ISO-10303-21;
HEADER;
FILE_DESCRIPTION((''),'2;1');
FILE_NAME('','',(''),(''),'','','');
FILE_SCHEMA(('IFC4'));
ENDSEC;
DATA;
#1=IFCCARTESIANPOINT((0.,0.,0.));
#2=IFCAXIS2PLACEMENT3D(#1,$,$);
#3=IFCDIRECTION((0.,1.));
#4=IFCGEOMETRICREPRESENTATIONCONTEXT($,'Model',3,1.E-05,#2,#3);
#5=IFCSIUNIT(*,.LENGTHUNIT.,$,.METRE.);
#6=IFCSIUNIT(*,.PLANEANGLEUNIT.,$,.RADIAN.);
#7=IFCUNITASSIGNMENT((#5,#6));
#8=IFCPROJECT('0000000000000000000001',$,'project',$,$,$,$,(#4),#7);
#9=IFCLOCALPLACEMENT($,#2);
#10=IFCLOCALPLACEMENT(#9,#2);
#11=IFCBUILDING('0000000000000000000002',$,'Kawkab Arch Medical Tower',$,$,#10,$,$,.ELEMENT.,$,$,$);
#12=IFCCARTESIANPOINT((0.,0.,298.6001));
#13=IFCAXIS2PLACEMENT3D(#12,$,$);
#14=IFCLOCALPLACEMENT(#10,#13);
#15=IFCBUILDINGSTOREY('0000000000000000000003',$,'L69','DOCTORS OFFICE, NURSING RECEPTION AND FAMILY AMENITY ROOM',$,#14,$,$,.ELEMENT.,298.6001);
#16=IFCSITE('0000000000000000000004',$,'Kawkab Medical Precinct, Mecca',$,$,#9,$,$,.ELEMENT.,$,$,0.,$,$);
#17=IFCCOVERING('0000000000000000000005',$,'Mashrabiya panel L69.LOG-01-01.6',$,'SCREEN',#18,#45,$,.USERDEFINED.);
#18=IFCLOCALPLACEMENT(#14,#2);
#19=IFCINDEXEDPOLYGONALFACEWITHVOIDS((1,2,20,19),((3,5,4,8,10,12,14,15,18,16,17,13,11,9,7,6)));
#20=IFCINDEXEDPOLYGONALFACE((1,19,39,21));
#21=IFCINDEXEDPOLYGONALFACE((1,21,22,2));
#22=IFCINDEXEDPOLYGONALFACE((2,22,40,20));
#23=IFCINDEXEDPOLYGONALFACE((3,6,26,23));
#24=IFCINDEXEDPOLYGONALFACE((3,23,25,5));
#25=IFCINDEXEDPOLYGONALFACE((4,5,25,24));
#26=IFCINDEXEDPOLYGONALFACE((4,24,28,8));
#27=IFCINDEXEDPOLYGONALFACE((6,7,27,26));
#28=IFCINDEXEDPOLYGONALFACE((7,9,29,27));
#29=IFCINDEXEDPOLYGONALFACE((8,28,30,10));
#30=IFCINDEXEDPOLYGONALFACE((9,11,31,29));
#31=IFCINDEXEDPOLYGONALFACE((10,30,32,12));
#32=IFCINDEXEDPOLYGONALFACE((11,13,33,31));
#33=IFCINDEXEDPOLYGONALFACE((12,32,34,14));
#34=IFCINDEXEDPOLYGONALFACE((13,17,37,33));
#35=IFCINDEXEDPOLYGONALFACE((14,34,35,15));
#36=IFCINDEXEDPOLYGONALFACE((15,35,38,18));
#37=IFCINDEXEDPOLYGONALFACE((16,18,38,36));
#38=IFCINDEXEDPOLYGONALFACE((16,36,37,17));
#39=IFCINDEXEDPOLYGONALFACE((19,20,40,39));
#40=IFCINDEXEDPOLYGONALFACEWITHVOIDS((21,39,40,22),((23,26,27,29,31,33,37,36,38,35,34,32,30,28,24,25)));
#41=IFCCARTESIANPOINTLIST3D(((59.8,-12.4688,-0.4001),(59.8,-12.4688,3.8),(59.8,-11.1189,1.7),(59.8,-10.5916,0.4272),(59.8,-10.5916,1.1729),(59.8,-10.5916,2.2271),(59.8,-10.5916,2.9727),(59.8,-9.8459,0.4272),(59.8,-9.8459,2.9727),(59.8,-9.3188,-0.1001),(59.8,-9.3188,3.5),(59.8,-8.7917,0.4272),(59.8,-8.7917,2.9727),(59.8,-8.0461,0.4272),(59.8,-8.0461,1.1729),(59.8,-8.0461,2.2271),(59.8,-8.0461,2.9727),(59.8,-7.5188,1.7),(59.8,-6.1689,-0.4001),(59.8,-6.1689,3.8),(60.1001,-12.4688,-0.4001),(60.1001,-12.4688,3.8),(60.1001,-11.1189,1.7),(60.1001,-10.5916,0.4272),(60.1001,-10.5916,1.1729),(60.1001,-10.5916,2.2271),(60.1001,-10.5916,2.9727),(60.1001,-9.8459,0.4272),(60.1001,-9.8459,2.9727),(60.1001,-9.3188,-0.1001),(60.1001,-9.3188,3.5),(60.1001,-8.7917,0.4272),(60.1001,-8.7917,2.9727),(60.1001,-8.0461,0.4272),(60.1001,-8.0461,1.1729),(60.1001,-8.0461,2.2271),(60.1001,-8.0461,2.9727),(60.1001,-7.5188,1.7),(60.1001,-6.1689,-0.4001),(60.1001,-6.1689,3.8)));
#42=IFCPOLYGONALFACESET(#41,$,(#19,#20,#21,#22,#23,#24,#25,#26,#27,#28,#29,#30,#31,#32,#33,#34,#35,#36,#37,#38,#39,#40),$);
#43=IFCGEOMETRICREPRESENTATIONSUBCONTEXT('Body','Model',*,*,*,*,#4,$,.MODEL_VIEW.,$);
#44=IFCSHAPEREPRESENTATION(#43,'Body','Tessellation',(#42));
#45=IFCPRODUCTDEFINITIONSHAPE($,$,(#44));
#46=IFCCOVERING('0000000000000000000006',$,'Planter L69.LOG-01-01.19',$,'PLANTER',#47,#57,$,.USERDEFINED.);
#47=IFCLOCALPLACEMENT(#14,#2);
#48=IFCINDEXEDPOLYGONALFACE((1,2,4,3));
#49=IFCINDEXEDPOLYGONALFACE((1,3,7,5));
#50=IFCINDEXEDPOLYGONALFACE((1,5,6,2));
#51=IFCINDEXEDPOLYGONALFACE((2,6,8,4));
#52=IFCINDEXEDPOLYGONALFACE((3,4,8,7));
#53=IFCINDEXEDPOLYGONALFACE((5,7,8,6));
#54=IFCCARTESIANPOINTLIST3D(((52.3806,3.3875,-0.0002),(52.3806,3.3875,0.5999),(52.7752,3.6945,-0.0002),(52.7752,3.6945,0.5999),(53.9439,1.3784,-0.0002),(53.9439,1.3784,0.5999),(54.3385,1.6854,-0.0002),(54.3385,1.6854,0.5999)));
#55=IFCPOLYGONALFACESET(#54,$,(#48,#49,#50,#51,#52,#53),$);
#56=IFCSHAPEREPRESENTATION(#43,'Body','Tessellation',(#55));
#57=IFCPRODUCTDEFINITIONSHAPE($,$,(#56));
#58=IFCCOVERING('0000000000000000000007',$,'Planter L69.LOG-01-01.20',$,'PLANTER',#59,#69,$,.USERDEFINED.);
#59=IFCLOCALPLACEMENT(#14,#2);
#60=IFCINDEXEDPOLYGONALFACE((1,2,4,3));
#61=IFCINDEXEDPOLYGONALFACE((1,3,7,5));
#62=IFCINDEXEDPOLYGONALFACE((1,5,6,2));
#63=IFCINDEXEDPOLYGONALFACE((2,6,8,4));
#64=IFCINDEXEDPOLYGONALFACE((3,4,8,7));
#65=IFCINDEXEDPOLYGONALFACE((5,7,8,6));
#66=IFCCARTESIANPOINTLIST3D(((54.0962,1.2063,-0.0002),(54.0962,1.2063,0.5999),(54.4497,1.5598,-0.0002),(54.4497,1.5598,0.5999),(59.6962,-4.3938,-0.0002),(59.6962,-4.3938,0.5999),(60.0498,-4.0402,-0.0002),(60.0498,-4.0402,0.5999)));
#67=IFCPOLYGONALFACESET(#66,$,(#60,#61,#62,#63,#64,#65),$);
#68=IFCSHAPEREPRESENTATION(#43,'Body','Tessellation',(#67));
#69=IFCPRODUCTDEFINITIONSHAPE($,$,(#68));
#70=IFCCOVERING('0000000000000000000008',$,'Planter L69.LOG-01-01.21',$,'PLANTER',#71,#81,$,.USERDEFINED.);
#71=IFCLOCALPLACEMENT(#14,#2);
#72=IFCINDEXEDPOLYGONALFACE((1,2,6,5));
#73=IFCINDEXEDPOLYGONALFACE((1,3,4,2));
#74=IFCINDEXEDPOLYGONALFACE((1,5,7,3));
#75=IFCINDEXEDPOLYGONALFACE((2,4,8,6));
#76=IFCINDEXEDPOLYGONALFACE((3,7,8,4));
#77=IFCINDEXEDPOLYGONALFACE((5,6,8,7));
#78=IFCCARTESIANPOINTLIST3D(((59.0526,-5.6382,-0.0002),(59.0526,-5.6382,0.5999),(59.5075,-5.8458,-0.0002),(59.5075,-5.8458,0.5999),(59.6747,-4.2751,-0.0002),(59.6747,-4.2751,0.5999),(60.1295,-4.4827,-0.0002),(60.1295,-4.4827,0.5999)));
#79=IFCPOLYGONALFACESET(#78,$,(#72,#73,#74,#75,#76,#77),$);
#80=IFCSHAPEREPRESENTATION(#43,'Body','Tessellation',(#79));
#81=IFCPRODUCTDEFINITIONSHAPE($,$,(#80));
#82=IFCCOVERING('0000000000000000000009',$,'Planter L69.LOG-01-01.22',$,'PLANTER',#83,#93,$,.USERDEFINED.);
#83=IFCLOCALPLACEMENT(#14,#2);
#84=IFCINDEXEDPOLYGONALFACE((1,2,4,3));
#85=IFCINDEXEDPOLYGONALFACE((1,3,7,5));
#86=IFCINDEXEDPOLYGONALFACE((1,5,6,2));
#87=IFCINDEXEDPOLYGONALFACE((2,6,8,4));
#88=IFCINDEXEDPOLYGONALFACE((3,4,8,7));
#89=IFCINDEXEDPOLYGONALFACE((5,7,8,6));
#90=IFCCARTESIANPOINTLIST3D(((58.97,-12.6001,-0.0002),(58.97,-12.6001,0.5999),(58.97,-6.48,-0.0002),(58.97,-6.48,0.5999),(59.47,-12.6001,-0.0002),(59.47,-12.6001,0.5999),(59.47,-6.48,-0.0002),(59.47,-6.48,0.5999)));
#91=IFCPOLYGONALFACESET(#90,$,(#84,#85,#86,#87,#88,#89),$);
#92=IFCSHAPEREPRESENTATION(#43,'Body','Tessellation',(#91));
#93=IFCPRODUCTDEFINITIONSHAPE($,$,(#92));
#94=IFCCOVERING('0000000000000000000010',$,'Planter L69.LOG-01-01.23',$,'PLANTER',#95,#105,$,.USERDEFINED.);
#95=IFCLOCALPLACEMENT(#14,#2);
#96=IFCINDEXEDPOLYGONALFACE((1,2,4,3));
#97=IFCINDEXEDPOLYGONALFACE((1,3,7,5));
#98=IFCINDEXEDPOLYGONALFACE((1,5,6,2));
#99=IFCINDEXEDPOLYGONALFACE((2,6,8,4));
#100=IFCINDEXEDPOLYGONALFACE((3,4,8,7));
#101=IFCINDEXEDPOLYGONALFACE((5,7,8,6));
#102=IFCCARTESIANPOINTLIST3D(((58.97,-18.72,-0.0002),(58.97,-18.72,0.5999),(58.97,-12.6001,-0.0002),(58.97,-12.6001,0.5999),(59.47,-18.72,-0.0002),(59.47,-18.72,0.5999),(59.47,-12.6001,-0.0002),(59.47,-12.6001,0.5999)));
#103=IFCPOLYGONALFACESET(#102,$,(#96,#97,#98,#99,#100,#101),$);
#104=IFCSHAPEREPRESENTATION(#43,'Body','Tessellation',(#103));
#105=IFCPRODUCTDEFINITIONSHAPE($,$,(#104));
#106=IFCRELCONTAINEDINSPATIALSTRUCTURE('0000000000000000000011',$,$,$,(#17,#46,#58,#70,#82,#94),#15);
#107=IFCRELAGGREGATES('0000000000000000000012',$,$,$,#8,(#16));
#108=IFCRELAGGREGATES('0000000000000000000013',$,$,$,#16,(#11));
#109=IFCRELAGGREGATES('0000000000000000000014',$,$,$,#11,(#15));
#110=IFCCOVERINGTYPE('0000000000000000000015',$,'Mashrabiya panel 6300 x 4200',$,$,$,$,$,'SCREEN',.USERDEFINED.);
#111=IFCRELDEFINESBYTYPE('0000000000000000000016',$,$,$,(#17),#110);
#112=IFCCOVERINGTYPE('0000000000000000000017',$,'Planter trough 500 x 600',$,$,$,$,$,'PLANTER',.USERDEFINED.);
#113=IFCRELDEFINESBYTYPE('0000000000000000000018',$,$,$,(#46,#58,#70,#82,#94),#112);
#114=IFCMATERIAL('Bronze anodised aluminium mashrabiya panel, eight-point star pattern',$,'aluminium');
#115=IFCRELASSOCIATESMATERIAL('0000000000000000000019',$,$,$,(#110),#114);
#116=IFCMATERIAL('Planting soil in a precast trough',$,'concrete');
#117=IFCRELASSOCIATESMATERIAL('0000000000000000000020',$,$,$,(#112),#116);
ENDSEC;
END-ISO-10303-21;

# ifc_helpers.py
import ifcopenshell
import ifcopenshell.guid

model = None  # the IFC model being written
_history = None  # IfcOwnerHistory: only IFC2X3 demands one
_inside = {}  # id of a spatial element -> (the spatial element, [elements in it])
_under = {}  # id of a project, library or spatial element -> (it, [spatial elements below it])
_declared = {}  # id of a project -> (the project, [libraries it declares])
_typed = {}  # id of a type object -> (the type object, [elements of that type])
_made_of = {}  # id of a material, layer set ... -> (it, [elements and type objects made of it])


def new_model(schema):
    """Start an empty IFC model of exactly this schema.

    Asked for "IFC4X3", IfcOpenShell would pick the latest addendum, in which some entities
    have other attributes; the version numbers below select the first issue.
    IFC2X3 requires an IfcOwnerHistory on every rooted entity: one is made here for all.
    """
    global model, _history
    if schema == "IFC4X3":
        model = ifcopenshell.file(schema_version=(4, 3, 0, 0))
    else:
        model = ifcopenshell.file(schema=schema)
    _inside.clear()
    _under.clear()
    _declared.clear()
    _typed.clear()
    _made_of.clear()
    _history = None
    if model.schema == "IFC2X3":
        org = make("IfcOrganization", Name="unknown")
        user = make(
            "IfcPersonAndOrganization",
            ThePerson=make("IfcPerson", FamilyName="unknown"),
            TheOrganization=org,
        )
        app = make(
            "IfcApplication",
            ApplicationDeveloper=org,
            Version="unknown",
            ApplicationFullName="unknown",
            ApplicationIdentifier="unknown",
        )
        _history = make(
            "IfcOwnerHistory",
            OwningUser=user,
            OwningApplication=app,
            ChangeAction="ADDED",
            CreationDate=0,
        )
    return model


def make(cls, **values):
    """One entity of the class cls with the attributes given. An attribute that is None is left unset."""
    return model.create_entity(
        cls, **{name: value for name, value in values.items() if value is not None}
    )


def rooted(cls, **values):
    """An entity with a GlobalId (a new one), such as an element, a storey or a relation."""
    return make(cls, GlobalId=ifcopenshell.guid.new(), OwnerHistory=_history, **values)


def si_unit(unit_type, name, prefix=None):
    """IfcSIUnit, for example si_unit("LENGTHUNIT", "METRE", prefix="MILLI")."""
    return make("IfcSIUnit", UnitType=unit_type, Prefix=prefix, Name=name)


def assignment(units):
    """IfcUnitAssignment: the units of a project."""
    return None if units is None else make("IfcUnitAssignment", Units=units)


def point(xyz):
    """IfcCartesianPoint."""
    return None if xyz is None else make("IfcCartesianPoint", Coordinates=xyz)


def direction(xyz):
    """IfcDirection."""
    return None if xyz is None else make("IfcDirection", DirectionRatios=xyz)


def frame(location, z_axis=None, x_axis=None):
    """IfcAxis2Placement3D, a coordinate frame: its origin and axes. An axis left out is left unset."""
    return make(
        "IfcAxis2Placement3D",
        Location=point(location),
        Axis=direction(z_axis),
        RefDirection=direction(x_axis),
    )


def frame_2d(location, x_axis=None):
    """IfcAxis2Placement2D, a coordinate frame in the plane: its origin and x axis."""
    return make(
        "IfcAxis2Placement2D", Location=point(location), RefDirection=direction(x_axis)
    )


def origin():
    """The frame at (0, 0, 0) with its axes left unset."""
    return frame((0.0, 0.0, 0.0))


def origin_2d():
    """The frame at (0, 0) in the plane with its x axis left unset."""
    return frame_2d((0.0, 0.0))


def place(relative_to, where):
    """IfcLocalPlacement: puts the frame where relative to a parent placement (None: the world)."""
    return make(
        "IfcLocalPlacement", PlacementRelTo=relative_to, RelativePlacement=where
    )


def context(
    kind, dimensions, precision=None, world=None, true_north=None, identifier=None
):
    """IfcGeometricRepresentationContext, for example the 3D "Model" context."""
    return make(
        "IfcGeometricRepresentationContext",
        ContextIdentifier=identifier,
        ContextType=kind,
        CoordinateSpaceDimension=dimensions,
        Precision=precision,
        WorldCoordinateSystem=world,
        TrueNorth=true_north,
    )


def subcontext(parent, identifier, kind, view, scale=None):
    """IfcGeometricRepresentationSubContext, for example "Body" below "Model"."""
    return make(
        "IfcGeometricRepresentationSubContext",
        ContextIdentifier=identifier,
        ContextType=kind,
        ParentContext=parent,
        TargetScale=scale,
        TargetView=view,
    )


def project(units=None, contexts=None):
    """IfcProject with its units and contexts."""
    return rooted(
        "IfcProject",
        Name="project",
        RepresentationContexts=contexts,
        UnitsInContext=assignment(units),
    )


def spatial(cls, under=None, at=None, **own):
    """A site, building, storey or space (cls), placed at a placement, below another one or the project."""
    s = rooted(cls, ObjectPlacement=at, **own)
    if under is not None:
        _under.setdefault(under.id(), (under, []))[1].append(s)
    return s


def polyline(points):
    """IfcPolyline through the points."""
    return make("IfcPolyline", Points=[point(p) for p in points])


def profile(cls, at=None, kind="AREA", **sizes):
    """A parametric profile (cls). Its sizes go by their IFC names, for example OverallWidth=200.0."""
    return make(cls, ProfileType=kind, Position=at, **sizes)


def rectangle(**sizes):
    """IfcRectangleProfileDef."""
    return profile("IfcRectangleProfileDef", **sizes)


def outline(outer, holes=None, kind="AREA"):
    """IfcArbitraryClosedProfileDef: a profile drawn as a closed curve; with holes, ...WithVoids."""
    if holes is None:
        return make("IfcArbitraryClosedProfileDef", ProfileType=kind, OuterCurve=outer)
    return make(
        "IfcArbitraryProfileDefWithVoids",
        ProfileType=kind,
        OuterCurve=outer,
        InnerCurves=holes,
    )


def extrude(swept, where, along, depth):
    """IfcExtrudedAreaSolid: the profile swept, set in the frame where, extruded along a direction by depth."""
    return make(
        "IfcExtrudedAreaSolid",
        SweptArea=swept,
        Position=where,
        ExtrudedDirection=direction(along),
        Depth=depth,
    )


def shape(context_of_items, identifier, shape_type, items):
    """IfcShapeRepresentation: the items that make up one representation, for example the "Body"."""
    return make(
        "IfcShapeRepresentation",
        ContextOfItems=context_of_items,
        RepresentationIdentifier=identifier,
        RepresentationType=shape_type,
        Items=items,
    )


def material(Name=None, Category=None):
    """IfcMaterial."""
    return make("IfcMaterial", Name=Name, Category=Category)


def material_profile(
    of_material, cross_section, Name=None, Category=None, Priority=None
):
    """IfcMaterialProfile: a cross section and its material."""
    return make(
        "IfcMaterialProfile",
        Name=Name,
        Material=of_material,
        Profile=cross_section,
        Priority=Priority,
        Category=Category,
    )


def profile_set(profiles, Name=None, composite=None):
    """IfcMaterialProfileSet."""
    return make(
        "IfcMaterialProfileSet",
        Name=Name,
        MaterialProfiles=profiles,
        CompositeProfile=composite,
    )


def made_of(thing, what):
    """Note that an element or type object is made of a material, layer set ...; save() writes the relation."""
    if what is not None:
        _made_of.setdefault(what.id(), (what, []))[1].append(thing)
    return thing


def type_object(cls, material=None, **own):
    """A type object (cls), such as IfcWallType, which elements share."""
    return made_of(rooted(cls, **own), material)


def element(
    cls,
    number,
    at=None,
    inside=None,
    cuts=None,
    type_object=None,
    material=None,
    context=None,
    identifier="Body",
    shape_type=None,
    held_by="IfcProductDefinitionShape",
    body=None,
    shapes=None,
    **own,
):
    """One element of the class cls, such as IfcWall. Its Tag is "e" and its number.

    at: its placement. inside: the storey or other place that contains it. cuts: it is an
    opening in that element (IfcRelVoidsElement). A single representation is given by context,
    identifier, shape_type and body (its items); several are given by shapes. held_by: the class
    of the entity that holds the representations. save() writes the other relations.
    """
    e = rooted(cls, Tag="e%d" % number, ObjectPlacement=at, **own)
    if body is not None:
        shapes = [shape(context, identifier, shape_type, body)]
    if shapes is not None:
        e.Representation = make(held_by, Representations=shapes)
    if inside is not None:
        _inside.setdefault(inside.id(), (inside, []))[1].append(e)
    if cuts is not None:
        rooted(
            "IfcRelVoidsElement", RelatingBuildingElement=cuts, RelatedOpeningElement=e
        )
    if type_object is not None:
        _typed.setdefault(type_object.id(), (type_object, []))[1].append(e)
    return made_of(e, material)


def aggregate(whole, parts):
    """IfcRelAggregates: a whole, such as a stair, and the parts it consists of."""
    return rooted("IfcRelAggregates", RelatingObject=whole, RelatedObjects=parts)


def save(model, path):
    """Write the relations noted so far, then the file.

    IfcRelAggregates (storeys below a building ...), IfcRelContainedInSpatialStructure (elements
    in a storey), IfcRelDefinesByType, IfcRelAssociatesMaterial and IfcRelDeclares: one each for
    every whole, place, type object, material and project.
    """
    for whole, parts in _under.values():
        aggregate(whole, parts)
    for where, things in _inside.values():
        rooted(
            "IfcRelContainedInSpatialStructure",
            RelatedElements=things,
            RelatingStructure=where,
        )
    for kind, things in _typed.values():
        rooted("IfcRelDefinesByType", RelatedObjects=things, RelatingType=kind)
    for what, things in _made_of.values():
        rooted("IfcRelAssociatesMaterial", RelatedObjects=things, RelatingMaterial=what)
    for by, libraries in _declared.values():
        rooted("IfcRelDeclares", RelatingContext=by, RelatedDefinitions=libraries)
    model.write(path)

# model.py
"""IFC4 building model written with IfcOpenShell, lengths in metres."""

from ifc_helpers import new_model, si_unit, direction, frame, origin, origin_2d, place, context, subcontext, project, spatial, polyline, rectangle, outline, extrude, material, material_profile, profile_set, type_object, element, save


model = new_model("IFC4")

# Units and contexts
model_context = context("Model", 3, precision=1e-05, world=origin(), true_north=direction((0.0, 1.0)))
body_context = subcontext(model_context, "Body", "Model", "MODEL_VIEW")
ifc_project = project(units=[si_unit("LENGTHUNIT", "METRE"), si_unit("PLANEANGLEUNIT", "RADIAN")], contexts=[model_context])

# Site, building, storey
site_placement = place(None, origin())
site = spatial("IfcSite", under=ifc_project, at=site_placement, Name="Kawkab Medical Precinct, Mecca", CompositionType="ELEMENT", RefElevation=0.0)
building_placement = place(site_placement, origin())
building = spatial("IfcBuilding", under=site, at=building_placement, Name="Kawkab Arch Medical Tower", CompositionType="ELEMENT")
storey_placement = place(building_placement, frame((0.0, 0.0, 298.6001)))
storey = spatial("IfcBuildingStorey", under=building, at=storey_placement, Name="L69", Description="DOCTORS OFFICE, NURSING RECEPTION AND FAMILY AMENITY ROOM", CompositionType="ELEMENT", Elevation=298.6001)

# Coverings
ifc_material_1 = material(Name="Bronze anodised aluminium mashrabiya panel, eight-point star pattern", Category="aluminium")
ifc_material_profile_1 = material_profile(ifc_material_1, outline(polyline([(-3.1499, -2.1001), (3.1499, -2.1001), (3.1499, 2.1001), (-3.1499, 2.1001), (-3.1499, -2.1001)]), holes=[polyline([(1.8, 0.0), (1.2727, 0.5271), (1.2727, 1.2727), (0.5271, 1.2727), (0.0, 1.8), (-0.5271, 1.2727), (-1.2727, 1.2727), (-1.2727, 0.5271), (-1.8, 0.0), (-1.2727, -0.5271), (-1.2727, -1.2727), (-0.5271, -1.2727), (0.0, -1.8), (0.5271, -1.2727), (1.2727, -1.2727), (1.2727, -0.5271), (1.8, 0.0)])]), Name="Mashrabiya panel 6300x4200")
ifc_profile_set_1 = profile_set([ifc_material_profile_1], Name="Bronze anodised aluminium mashrabiya panel, eight-point star pattern")
covering_type_1 = type_object("IfcCoveringType", Name="Mashrabiya panel 6300 x 4200", ElementType="SCREEN", PredefinedType="USERDEFINED", material=ifc_profile_set_1)
covering_1_placement = place(storey_placement, frame((59.8, -9.3188, 1.7), z_axis=(1.0, 0.0, 0.0), x_axis=(0.0, 1.0, 0.0)))
element("IfcCovering", 1, at=covering_1_placement, inside=storey, type_object=covering_type_1, Name="Mashrabiya panel L69.LOG-01-01.6", ObjectType="SCREEN", PredefinedType="USERDEFINED", context=body_context, shape_type="SweptSolid", body=[
    extrude(outline(polyline([(-3.1499, -2.1001), (3.1499, -2.1001), (3.1499, 2.1001), (-3.1499, 2.1001), (-3.1499, -2.1001)]), holes=[polyline([(1.8, 0.0), (1.2727, 0.5271), (1.2727, 1.2727), (0.5271, 1.2727), (0.0, 1.8), (-0.5271, 1.2727), (-1.2727, 1.2727), (-1.2727, 0.5271), (-1.8, 0.0), (-1.2727, -0.5271), (-1.2727, -1.2727), (-0.5271, -1.2727), (0.0, -1.8), (0.5271, -1.2727), (1.2727, -1.2727), (1.2727, -0.5271), (1.8, 0.0)])]), origin(), (0.0, 0.0, 1.0), 0.3),
])
ifc_material_2 = material(Name="Planting soil in a precast trough", Category="concrete")
ifc_material_profile_2 = material_profile(ifc_material_2, rectangle(XDim=0.5, YDim=0.6001, at=origin_2d()), Name="Trough 500x600")
ifc_profile_set_2 = profile_set([ifc_material_profile_2], Name="Planting soil in a precast trough")
covering_type_2 = type_object("IfcCoveringType", Name="Planter trough 500 x 600", ElementType="PLANTER", PredefinedType="USERDEFINED", material=ifc_profile_set_2)
covering_2_placement = place(storey_placement, frame((52.5779, 3.541, 0.2998), z_axis=(0.6141, -0.789228, 0.0), x_axis=(0.789228, 0.6141, 0.0)))
element("IfcCovering", 2, at=covering_2_placement, inside=storey, type_object=covering_type_2, Name="Planter L69.LOG-01-01.19", ObjectType="PLANTER", PredefinedType="USERDEFINED", context=body_context, shape_type="SweptSolid", body=[
    extrude(rectangle(XDim=0.5, YDim=0.6001, at=origin_2d()), origin(), (0.0, 0.0, 1.0), 2.5457),
])
covering_3_placement = place(storey_placement, frame((54.2729, 1.3831, 0.2998), z_axis=(0.707107, -0.707107, 0.0), x_axis=(0.707107, 0.707107, 0.0)))
element("IfcCovering", 3, at=covering_3_placement, inside=storey, type_object=covering_type_2, Name="Planter L69.LOG-01-01.20", ObjectType="PLANTER", PredefinedType="USERDEFINED", context=body_context, shape_type="SweptSolid", body=[
    extrude(rectangle(XDim=0.5, YDim=0.6001, at=origin_2d()), origin(), (0.0, 0.0, 1.0), 7.9197),
])
covering_4_placement = place(storey_placement, frame((59.9021, -4.3789, 0.2998), z_axis=(-0.41519, -0.909735, 0.0), x_axis=(0.909735, -0.41519, 0.0)))
element("IfcCovering", 4, at=covering_4_placement, inside=storey, type_object=covering_type_2, Name="Planter L69.LOG-01-01.21", ObjectType="PLANTER", PredefinedType="USERDEFINED", context=body_context, shape_type="SweptSolid", body=[
    extrude(rectangle(XDim=0.5, YDim=0.6001, at=origin_2d()), origin(), (0.0, 0.0, 1.0), 1.4983),
])
covering_5_placement = place(storey_placement, frame((59.22, -6.48, 0.2998), z_axis=(0.0, -1.0, 0.0), x_axis=(1.0, 0.0, 0.0)))
element("IfcCovering", 5, at=covering_5_placement, inside=storey, type_object=covering_type_2, Name="Planter L69.LOG-01-01.22", ObjectType="PLANTER", PredefinedType="USERDEFINED", context=body_context, shape_type="SweptSolid", body=[
    extrude(rectangle(XDim=0.5, YDim=0.6001, at=origin_2d()), origin(), (0.0, 0.0, 1.0), 6.1201),
])
covering_6_placement = place(storey_placement, frame((59.22, -12.6001, 0.2998), z_axis=(0.0, -1.0, 0.0), x_axis=(1.0, 0.0, 0.0)))
element("IfcCovering", 6, at=covering_6_placement, inside=storey, type_object=covering_type_2, Name="Planter L69.LOG-01-01.23", ObjectType="PLANTER", PredefinedType="USERDEFINED", context=body_context, shape_type="SweptSolid", body=[
    extrude(rectangle(XDim=0.5, YDim=0.6001, at=origin_2d()), origin(), (0.0, 0.0, 1.0), 6.1199),
])

save(model, "model.ifc")
